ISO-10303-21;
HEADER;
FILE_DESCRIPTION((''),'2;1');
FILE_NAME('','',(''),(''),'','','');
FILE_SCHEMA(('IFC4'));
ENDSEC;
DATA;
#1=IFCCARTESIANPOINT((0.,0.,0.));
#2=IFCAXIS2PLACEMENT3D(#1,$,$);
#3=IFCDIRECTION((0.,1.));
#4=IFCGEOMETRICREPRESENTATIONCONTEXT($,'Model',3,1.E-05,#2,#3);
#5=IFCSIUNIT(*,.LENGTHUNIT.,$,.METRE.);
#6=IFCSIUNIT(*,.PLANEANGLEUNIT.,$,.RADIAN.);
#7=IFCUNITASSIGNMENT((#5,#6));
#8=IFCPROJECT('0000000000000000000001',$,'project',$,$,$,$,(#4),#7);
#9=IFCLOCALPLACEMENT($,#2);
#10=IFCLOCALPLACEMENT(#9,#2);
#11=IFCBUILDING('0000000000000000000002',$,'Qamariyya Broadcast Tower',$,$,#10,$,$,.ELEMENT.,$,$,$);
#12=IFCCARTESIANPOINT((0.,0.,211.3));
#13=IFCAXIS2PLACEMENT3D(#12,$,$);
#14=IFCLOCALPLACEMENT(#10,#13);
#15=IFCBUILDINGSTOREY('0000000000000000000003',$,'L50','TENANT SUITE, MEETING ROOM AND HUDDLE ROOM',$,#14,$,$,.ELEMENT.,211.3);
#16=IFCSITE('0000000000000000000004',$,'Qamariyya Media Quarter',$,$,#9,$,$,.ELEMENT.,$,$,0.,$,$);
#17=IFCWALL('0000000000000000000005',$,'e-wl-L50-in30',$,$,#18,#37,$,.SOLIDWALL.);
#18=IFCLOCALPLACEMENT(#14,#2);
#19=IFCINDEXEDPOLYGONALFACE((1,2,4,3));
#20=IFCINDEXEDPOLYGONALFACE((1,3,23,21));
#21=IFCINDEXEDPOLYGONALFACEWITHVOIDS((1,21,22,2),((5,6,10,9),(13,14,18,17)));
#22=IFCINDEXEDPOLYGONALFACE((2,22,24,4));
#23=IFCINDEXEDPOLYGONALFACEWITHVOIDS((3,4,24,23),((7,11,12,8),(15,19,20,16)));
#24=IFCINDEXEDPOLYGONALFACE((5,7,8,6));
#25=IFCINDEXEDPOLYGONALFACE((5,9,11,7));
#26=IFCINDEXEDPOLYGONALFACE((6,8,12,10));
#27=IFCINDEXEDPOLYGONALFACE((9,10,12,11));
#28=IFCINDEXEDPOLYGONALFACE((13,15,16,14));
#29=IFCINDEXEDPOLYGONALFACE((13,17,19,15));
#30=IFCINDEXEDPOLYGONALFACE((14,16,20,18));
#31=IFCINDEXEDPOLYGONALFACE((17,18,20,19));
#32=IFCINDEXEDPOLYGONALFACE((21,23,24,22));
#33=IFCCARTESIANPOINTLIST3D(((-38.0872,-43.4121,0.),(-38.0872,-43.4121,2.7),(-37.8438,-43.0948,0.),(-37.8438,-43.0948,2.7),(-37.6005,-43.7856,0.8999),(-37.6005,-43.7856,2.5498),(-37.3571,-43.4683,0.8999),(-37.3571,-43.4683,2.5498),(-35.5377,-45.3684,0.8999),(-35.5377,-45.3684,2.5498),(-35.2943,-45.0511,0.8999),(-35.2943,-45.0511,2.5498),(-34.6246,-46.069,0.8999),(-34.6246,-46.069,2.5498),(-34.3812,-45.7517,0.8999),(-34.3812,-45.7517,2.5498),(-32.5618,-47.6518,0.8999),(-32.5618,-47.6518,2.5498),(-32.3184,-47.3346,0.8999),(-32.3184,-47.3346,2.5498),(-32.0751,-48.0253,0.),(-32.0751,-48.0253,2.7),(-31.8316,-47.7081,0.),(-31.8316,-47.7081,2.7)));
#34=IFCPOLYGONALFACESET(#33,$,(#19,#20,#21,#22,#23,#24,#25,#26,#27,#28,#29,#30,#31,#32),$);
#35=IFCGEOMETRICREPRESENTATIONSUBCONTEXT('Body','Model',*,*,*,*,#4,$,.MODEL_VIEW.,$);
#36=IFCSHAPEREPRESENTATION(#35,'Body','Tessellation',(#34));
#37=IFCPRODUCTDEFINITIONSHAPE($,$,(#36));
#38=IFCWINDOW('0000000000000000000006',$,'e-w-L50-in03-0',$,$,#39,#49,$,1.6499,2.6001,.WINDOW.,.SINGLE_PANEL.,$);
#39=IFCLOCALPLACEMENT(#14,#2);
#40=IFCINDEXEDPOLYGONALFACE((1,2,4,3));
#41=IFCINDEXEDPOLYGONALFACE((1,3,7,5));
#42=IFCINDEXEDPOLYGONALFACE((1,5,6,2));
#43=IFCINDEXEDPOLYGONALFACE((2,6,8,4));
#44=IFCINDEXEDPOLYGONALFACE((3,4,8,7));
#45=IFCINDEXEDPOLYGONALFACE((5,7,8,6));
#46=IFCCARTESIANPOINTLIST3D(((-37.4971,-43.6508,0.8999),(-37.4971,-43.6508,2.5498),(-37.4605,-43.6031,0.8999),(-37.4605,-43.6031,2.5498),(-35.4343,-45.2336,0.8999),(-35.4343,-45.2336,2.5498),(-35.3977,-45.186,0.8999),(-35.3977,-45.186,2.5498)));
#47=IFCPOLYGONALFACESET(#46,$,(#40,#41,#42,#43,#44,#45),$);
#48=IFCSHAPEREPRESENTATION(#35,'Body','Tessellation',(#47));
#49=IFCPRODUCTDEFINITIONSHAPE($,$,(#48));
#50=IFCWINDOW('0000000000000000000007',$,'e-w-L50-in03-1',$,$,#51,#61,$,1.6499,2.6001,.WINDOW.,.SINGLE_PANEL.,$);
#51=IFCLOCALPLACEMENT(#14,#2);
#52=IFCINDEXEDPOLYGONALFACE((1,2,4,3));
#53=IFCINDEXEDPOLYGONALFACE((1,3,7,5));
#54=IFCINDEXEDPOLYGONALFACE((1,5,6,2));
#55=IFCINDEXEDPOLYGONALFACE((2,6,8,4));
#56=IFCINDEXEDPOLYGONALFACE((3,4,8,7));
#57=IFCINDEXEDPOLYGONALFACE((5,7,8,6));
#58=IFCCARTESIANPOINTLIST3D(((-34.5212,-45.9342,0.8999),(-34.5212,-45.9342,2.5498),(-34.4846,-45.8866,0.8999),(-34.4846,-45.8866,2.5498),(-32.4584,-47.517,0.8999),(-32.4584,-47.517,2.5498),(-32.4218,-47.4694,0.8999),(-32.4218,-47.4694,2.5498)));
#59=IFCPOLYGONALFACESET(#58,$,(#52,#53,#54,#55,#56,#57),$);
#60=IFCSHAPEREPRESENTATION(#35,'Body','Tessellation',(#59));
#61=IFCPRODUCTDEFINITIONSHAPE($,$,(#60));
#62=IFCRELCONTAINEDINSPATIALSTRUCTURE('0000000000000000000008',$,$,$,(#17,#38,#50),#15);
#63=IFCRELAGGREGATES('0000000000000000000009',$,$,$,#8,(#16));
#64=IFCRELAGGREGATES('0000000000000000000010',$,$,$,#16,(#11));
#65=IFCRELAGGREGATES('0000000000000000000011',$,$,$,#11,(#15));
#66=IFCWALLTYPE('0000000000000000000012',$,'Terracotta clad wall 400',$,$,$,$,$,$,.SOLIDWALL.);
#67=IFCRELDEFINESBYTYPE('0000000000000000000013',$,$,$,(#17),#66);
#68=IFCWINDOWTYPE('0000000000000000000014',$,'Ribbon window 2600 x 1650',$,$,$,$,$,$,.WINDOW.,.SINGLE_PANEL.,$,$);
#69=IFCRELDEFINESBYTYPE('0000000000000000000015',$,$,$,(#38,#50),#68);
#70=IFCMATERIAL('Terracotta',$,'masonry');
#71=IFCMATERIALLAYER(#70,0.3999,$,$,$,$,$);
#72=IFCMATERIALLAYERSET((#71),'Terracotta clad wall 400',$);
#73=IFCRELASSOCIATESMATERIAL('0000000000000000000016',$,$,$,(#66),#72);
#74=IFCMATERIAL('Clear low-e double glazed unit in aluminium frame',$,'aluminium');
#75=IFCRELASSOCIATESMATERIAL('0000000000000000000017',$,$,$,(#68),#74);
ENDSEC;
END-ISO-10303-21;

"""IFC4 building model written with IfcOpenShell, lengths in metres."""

from ifc_helpers import new_model, si_unit, direction, frame, frame_2d, origin, place, context, subcontext, project, spatial, rectangle, extrude, material, layer, layer_set, type_object, element, fill, save


model = new_model("IFC4")

# Units and contexts
model_context = context("Model", 3, precision=1e-05, world=origin(), true_north=direction((0.0, 1.0)))
body_context = subcontext(model_context, "Body", "Model", "MODEL_VIEW")
ifc_project = project(units=[si_unit("LENGTHUNIT", "METRE"), si_unit("PLANEANGLEUNIT", "RADIAN")], contexts=[model_context])

# Site, building, storey
site_placement = place(None, origin())
site = spatial("IfcSite", under=ifc_project, at=site_placement, Name="Qamariyya Media Quarter", CompositionType="ELEMENT", RefElevation=0.0)
building_placement = place(site_placement, origin())
building = spatial("IfcBuilding", under=site, at=building_placement, Name="Qamariyya Broadcast Tower", CompositionType="ELEMENT")
storey_placement = place(building_placement, frame((0.0, 0.0, 211.3)))
storey = spatial("IfcBuildingStorey", under=building, at=storey_placement, Name="L50", Description="TENANT SUITE, MEETING ROOM AND HUDDLE ROOM", CompositionType="ELEMENT", Elevation=211.3)

# Wall, openings, windows
ifc_material_1 = material(Name="Terracotta", Category="masonry")
ifc_layer_1 = layer(ifc_material_1, 0.3999)
ifc_layer_set_1 = layer_set([ifc_layer_1], Name="Terracotta clad wall 400")
wall_type = type_object("IfcWallType", Name="Terracotta clad wall 400", PredefinedType="SOLIDWALL", material=ifc_layer_set_1)
ifc_material_2 = material(Name="Clear low-e double glazed unit in aluminium frame", Category="aluminium")
window_type = type_object("IfcWindowType", Name="Ribbon window 2600 x 1650", PartitioningType="SINGLE_PANEL", PredefinedType="WINDOW", material=ifc_material_2)
wall_1_placement = place(storey_placement, frame((-31.9534, -47.8667, 0.0), z_axis=(0.0, 0.0, 1.0), x_axis=(-0.793356, 0.608757, 0.0)))
wall_1 = element("IfcWall", 1, at=wall_1_placement, inside=storey, type_object=wall_type, Name="e-wl-L50-in30", PredefinedType="SOLIDWALL", context=body_context, shape_type="SweptSolid", body=[
    extrude(rectangle(XDim=7.5781, YDim=0.3999, at=frame_2d((3.7891, 0.0))), origin(), (0.0, 0.0, 1.0), 2.7),
])
opening_1_placement = place(wall_1_placement, frame((4.3645, 0.0, 0.8999)))
opening_1 = element("IfcOpeningElement", 2, at=opening_1_placement, cuts=wall_1, PredefinedType="OPENING", context=body_context, shape_type="SweptSolid", body=[
    extrude(rectangle(XDim=2.6001, YDim=1.6499, at=frame_2d((1.3, 0.825))), frame((0.0, 0.21, 0.0), z_axis=(0.0, -1.0, 0.0), x_axis=(1.0, 0.0, 0.0)), (0.0, 0.0, 1.0), 0.4199),
])
opening_2_placement = place(wall_1_placement, frame((0.6135, 0.0, 0.8999)))
opening_2 = element("IfcOpeningElement", 3, at=opening_2_placement, cuts=wall_1, PredefinedType="OPENING", context=body_context, shape_type="SweptSolid", body=[
    extrude(rectangle(XDim=2.6001, YDim=1.6499, at=frame_2d((1.3, 0.825))), frame((0.0, 0.21, 0.0), z_axis=(0.0, -1.0, 0.0), x_axis=(1.0, 0.0, 0.0)), (0.0, 0.0, 1.0), 0.4199),
])
window_1_placement = place(opening_1_placement, origin())
window_1 = element("IfcWindow", 4, at=window_1_placement, inside=storey, type_object=window_type, Name="e-w-L50-in03-0", OverallHeight=1.6499, OverallWidth=2.6001, PartitioningType="SINGLE_PANEL", PredefinedType="WINDOW", context=body_context, shape_type="SweptSolid", body=[
    extrude(rectangle(XDim=2.6001, YDim=1.6499, at=frame_2d((1.3, 0.825))), frame((0.0, 0.03, 0.0), z_axis=(0.0, -1.0, 0.0), x_axis=(1.0, 0.0, 0.0)), (0.0, 0.0, 1.0), 0.0601),
])
fill(opening_1, window_1)
window_2_placement = place(opening_2_placement, origin())
window_2 = element("IfcWindow", 5, at=window_2_placement, inside=storey, type_object=window_type, Name="e-w-L50-in03-1", OverallHeight=1.6499, OverallWidth=2.6001, PartitioningType="SINGLE_PANEL", PredefinedType="WINDOW", context=body_context, shape_type="SweptSolid", body=[
    extrude(rectangle(XDim=2.6001, YDim=1.6499, at=frame_2d((1.3, 0.825))), frame((0.0, 0.03, 0.0), z_axis=(0.0, -1.0, 0.0), x_axis=(1.0, 0.0, 0.0)), (0.0, 0.0, 1.0), 0.0601),
])
fill(opening_2, window_2)

save(model, "model.ifc")
